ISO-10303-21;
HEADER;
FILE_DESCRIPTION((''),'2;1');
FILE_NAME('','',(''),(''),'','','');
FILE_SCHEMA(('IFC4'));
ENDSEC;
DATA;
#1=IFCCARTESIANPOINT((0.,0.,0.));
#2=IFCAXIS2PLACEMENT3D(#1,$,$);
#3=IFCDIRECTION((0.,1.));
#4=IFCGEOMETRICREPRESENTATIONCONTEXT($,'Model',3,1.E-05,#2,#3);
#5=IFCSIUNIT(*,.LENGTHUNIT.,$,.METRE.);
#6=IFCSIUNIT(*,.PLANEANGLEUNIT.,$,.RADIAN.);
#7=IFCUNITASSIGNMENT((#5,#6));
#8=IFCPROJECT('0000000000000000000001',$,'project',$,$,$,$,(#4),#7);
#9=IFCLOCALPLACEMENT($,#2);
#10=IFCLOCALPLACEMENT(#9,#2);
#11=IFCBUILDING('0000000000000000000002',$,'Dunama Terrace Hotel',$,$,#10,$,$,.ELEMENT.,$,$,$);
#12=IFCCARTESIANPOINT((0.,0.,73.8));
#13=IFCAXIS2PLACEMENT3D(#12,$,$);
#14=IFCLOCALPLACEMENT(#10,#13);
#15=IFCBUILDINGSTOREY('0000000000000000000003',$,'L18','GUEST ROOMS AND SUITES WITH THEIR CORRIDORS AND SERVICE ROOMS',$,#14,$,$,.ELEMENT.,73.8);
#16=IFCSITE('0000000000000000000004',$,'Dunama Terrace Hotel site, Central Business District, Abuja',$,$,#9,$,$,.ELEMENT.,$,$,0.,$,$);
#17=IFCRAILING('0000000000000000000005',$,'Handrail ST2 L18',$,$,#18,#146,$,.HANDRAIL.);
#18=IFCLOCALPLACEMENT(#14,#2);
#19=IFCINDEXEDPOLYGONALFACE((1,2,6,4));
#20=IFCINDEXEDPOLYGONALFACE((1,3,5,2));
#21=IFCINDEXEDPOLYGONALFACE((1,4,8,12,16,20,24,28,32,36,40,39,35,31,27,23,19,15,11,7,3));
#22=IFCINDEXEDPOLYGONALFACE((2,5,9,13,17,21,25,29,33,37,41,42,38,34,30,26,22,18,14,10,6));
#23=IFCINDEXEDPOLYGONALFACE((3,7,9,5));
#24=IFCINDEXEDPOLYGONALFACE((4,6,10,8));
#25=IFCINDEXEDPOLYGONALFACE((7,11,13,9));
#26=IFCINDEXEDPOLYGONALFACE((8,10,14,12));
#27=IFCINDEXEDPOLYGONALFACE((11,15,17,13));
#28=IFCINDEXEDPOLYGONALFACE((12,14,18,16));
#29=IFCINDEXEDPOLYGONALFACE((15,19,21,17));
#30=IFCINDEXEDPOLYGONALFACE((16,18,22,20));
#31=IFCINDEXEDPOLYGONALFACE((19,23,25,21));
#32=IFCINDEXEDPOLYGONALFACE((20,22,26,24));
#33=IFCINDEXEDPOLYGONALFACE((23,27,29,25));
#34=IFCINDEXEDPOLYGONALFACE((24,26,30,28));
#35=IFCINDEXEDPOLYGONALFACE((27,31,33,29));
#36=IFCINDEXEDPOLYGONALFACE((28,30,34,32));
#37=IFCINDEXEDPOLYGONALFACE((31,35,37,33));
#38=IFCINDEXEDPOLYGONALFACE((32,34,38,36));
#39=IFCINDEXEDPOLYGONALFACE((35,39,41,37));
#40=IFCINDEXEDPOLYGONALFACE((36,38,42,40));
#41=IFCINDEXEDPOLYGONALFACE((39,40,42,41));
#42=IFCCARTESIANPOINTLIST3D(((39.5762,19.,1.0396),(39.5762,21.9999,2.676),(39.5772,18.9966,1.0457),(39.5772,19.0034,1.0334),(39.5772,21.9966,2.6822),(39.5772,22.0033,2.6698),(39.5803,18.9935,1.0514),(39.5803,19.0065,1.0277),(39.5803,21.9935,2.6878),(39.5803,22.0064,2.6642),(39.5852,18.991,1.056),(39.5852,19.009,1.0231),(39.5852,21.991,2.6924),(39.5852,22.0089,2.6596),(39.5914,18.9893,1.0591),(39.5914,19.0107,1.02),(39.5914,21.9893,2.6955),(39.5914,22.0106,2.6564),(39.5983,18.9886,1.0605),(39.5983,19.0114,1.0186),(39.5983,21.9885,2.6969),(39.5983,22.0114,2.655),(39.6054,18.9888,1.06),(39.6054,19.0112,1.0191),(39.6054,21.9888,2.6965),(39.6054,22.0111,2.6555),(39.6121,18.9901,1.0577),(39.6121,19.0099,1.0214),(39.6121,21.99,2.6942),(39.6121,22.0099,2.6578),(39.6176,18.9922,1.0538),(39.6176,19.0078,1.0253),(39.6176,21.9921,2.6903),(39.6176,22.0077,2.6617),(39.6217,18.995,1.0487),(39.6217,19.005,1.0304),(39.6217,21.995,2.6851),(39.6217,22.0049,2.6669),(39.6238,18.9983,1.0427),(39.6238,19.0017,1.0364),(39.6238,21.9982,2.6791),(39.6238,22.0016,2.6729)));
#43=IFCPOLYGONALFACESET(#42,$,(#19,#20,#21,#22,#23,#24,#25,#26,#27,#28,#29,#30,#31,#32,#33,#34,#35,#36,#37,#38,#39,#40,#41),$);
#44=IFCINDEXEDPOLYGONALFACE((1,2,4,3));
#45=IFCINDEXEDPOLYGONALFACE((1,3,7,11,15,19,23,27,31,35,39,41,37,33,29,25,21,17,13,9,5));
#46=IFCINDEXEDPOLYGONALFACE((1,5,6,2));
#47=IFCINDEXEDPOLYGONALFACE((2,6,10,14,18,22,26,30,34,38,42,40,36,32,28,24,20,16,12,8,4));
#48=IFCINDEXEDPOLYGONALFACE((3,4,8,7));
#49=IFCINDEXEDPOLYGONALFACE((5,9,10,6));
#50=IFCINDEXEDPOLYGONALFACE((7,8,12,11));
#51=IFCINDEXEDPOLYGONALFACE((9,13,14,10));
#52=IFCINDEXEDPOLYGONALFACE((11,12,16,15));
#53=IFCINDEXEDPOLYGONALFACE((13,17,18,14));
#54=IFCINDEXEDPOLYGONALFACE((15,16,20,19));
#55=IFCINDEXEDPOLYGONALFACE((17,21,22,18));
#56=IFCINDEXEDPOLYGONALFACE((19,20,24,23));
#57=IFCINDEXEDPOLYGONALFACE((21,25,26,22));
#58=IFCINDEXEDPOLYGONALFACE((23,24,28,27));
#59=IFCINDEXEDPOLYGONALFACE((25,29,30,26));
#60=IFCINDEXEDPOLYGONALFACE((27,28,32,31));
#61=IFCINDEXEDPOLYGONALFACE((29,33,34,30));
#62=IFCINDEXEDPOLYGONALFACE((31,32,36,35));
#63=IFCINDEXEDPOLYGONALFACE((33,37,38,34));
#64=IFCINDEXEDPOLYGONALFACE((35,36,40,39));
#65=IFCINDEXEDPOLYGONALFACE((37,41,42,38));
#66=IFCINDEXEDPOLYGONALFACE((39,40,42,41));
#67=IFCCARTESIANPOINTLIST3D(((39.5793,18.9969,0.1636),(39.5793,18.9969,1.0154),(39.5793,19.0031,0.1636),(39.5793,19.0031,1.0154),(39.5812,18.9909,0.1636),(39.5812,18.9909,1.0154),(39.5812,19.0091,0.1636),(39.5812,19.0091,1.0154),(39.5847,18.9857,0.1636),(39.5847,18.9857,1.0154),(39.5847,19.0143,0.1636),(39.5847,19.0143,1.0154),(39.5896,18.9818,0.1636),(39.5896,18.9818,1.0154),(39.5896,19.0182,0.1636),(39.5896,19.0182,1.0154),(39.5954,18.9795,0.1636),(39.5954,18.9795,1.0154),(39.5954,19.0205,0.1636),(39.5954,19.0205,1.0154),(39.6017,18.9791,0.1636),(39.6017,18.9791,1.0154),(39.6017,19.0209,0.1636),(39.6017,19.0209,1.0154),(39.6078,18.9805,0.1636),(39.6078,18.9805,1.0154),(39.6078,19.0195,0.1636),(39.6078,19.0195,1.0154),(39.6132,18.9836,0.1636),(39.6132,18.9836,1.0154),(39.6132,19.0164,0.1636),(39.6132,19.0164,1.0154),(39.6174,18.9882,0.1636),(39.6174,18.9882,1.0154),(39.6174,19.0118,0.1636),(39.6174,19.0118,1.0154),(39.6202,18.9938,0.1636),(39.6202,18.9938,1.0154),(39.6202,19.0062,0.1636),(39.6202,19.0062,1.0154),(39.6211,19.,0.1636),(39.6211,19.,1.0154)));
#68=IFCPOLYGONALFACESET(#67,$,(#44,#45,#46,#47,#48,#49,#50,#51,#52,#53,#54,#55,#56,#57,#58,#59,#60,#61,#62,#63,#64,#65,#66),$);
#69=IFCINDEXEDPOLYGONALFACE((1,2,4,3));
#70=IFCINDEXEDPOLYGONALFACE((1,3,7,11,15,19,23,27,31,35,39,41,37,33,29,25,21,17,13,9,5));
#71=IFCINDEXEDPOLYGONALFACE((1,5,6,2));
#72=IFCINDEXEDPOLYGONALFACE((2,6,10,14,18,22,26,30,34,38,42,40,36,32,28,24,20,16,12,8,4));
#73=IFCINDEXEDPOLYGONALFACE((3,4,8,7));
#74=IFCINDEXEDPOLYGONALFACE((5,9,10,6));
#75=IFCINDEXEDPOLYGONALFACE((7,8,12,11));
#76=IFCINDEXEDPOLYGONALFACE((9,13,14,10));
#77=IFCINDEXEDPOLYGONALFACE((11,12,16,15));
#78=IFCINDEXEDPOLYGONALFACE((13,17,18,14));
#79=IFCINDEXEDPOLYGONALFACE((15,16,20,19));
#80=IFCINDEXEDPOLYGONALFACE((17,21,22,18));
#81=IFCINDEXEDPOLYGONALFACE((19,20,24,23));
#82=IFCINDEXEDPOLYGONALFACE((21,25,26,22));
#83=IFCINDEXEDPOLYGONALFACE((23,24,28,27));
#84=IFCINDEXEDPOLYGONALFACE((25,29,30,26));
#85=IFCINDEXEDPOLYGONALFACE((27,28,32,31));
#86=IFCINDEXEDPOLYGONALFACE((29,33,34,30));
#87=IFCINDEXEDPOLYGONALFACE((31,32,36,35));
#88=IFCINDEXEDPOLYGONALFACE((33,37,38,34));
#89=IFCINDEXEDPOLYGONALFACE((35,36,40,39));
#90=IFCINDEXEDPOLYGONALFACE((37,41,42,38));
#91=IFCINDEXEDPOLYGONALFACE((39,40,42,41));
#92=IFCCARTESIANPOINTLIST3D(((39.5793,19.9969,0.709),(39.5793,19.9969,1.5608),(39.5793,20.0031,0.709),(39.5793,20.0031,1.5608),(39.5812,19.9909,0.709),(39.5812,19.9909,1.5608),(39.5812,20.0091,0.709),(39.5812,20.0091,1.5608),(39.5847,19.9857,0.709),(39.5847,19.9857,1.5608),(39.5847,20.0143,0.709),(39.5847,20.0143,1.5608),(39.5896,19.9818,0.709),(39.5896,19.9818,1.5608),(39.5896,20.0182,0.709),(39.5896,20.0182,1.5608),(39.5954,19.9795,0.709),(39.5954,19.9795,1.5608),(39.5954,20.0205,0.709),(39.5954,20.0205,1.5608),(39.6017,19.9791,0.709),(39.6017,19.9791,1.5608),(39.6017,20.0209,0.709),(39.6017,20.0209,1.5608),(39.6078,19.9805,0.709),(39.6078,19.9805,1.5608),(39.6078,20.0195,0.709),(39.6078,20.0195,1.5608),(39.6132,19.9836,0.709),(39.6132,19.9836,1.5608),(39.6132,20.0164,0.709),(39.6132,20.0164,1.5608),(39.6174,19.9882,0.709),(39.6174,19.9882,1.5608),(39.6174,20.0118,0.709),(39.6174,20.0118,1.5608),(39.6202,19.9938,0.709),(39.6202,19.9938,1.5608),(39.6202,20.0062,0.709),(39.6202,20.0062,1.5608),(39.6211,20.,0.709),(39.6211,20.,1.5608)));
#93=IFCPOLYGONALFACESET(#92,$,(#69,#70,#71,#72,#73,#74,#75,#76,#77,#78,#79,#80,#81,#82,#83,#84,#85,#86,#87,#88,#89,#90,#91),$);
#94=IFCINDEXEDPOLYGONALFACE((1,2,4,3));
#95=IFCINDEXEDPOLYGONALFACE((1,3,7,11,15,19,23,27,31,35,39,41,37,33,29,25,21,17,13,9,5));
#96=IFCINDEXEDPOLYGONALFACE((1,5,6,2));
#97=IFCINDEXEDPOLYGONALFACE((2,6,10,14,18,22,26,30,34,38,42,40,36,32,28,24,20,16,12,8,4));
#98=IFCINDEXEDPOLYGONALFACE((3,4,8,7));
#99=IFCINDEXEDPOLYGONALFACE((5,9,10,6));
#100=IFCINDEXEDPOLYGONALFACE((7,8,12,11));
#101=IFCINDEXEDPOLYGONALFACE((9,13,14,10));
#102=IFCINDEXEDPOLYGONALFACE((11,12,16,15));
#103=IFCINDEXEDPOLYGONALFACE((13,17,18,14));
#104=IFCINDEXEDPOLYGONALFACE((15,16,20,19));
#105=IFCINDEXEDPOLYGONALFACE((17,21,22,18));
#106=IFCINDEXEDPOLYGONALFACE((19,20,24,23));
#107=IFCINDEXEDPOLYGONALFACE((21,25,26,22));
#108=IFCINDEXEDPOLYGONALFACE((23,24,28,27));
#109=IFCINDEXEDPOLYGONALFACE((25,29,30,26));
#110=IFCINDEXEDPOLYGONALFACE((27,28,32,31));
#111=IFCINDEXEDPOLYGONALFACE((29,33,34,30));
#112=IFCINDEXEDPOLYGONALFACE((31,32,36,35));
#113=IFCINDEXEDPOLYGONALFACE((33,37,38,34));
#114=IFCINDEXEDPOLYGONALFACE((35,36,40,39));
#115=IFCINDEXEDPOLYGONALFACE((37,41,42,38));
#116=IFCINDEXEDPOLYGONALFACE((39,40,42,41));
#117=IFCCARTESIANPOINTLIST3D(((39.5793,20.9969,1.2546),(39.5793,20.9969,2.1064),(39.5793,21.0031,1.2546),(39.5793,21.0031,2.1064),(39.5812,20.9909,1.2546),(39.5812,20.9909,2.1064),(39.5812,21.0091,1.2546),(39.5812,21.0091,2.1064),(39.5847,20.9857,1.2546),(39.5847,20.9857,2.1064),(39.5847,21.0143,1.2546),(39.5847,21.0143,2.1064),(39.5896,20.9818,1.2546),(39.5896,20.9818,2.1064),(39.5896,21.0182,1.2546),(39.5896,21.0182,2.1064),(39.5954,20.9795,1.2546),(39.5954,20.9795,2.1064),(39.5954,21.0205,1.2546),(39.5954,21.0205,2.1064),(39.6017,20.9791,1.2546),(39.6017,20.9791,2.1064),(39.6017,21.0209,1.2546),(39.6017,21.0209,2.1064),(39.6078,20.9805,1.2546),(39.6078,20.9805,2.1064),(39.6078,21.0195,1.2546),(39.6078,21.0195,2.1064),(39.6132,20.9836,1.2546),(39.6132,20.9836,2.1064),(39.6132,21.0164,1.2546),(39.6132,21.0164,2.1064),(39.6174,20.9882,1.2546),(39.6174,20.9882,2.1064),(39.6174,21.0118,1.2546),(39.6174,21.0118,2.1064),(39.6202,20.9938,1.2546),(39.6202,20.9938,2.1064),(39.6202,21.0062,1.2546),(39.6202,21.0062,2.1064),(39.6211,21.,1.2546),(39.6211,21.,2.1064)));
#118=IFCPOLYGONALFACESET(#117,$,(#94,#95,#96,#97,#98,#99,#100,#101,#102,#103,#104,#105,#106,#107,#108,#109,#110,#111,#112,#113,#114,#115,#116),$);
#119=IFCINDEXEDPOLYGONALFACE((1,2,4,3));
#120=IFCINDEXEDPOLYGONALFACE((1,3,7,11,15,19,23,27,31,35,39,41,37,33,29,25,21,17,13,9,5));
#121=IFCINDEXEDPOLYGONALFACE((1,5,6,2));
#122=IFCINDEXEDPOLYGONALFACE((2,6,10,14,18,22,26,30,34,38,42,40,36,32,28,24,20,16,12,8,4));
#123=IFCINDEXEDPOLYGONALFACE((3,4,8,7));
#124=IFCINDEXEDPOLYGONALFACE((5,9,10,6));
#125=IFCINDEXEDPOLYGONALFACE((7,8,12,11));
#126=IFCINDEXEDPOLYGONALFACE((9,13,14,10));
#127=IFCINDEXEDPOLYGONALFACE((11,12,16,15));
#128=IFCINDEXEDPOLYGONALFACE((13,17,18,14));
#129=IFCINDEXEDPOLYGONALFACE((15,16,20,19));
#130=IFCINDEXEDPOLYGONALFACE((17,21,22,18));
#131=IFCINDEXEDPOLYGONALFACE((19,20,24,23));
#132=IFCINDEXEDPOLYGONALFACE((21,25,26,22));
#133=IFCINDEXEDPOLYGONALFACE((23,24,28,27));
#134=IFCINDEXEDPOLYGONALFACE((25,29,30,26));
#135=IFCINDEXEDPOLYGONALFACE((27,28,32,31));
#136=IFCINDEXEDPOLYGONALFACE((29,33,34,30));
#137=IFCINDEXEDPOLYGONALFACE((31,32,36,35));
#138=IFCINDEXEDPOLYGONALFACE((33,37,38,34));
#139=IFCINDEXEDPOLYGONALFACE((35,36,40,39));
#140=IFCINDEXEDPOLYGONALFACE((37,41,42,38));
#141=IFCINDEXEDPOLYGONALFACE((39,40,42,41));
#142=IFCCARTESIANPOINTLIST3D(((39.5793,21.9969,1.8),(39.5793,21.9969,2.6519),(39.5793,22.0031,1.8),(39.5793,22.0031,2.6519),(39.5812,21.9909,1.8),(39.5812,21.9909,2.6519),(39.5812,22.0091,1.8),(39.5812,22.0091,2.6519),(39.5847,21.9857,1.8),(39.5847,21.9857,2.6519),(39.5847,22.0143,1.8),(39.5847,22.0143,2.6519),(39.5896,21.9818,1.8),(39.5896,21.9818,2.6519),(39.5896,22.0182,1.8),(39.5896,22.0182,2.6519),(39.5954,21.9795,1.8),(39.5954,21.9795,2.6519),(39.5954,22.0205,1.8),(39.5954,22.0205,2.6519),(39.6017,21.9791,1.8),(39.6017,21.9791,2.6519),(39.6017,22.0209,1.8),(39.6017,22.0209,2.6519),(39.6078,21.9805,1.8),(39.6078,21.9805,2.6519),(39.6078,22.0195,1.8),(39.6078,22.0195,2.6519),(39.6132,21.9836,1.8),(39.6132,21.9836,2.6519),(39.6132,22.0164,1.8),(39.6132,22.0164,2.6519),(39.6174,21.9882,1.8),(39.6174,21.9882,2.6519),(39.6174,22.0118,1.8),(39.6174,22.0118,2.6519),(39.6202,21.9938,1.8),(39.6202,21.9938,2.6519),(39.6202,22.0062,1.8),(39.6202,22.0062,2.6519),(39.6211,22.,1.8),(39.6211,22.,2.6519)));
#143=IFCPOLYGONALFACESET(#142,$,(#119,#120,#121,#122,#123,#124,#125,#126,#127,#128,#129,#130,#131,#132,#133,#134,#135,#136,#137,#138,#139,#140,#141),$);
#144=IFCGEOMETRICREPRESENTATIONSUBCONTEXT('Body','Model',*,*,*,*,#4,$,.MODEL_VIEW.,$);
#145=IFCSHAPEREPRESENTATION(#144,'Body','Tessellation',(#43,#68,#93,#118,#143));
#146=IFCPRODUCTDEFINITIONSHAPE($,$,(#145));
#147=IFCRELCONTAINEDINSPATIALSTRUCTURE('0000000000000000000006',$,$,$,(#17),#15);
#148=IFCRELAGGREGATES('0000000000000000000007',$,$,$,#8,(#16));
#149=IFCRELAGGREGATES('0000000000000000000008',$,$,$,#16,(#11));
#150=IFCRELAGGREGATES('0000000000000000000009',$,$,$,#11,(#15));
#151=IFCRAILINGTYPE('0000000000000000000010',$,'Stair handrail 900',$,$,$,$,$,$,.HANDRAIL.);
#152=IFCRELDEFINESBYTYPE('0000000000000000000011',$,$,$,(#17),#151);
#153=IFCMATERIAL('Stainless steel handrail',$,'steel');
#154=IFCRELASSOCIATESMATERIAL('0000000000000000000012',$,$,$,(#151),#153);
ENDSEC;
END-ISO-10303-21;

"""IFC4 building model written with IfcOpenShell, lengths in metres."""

from ifc_helpers import new_model, si_unit, direction, frame, origin, origin_2d, place, context, subcontext, project, spatial, circle, extrude, material, type_object, element, save


model = new_model("IFC4")

# Units and contexts
model_context = context("Model", 3, precision=1e-05, world=origin(), true_north=direction((0.0, 1.0)))
body_context = subcontext(model_context, "Body", "Model", "MODEL_VIEW")
ifc_project = project(units=[si_unit("LENGTHUNIT", "METRE"), si_unit("PLANEANGLEUNIT", "RADIAN")], contexts=[model_context])

# Site, building, storey
site_placement = place(None, origin())
site = spatial("IfcSite", under=ifc_project, at=site_placement, Name="Dunama Terrace Hotel site, Central Business District, Abuja", CompositionType="ELEMENT", RefElevation=0.0)
building_placement = place(site_placement, origin())
building = spatial("IfcBuilding", under=site, at=building_placement, Name="Dunama Terrace Hotel", CompositionType="ELEMENT")
storey_placement = place(building_placement, frame((0.0, 0.0, 73.8)))
storey = spatial("IfcBuildingStorey", under=building, at=storey_placement, Name="L18", Description="GUEST ROOMS AND SUITES WITH THEIR CORRIDORS AND SERVICE ROOMS", CompositionType="ELEMENT", Elevation=73.8)

# Railing
ifc_material_1 = material(Name="Stainless steel handrail", Category="steel")
railing_type = type_object("IfcRailingType", Name="Stair handrail 900", PredefinedType="HANDRAIL", material=ifc_material_1)
railing_1_placement = place(storey_placement, frame((39.6001, 19.0, 0.1636)))
element("IfcRailing", 1, at=railing_1_placement, inside=storey, type_object=railing_type, Name="Handrail ST2 L18", PredefinedType="HANDRAIL", context=body_context, shape_type="SweptSolid", body=[
    extrude(circle(Radius=0.0239, at=origin_2d()), frame((0.0, 0.0, 0.876), z_axis=(0.0, 0.877882, 0.478877), x_axis=(-1.0, 0.0, 0.0)), (0.0, 0.0, 1.0), 3.4172),
    extrude(circle(Radius=0.021, at=origin_2d()), origin(), (0.0, 0.0, 1.0), 0.8518),
    extrude(circle(Radius=0.021, at=origin_2d()), frame((0.0, 1.0, 0.5454)), (0.0, 0.0, 1.0), 0.8518),
    extrude(circle(Radius=0.021, at=origin_2d()), frame((0.0, 2.0, 1.0911)), (0.0, 0.0, 1.0), 0.8518),
    extrude(circle(Radius=0.021, at=origin_2d()), frame((0.0, 3.0, 1.6365)), (0.0, 0.0, 1.0), 0.8518),
])

save(model, "model.ifc")
